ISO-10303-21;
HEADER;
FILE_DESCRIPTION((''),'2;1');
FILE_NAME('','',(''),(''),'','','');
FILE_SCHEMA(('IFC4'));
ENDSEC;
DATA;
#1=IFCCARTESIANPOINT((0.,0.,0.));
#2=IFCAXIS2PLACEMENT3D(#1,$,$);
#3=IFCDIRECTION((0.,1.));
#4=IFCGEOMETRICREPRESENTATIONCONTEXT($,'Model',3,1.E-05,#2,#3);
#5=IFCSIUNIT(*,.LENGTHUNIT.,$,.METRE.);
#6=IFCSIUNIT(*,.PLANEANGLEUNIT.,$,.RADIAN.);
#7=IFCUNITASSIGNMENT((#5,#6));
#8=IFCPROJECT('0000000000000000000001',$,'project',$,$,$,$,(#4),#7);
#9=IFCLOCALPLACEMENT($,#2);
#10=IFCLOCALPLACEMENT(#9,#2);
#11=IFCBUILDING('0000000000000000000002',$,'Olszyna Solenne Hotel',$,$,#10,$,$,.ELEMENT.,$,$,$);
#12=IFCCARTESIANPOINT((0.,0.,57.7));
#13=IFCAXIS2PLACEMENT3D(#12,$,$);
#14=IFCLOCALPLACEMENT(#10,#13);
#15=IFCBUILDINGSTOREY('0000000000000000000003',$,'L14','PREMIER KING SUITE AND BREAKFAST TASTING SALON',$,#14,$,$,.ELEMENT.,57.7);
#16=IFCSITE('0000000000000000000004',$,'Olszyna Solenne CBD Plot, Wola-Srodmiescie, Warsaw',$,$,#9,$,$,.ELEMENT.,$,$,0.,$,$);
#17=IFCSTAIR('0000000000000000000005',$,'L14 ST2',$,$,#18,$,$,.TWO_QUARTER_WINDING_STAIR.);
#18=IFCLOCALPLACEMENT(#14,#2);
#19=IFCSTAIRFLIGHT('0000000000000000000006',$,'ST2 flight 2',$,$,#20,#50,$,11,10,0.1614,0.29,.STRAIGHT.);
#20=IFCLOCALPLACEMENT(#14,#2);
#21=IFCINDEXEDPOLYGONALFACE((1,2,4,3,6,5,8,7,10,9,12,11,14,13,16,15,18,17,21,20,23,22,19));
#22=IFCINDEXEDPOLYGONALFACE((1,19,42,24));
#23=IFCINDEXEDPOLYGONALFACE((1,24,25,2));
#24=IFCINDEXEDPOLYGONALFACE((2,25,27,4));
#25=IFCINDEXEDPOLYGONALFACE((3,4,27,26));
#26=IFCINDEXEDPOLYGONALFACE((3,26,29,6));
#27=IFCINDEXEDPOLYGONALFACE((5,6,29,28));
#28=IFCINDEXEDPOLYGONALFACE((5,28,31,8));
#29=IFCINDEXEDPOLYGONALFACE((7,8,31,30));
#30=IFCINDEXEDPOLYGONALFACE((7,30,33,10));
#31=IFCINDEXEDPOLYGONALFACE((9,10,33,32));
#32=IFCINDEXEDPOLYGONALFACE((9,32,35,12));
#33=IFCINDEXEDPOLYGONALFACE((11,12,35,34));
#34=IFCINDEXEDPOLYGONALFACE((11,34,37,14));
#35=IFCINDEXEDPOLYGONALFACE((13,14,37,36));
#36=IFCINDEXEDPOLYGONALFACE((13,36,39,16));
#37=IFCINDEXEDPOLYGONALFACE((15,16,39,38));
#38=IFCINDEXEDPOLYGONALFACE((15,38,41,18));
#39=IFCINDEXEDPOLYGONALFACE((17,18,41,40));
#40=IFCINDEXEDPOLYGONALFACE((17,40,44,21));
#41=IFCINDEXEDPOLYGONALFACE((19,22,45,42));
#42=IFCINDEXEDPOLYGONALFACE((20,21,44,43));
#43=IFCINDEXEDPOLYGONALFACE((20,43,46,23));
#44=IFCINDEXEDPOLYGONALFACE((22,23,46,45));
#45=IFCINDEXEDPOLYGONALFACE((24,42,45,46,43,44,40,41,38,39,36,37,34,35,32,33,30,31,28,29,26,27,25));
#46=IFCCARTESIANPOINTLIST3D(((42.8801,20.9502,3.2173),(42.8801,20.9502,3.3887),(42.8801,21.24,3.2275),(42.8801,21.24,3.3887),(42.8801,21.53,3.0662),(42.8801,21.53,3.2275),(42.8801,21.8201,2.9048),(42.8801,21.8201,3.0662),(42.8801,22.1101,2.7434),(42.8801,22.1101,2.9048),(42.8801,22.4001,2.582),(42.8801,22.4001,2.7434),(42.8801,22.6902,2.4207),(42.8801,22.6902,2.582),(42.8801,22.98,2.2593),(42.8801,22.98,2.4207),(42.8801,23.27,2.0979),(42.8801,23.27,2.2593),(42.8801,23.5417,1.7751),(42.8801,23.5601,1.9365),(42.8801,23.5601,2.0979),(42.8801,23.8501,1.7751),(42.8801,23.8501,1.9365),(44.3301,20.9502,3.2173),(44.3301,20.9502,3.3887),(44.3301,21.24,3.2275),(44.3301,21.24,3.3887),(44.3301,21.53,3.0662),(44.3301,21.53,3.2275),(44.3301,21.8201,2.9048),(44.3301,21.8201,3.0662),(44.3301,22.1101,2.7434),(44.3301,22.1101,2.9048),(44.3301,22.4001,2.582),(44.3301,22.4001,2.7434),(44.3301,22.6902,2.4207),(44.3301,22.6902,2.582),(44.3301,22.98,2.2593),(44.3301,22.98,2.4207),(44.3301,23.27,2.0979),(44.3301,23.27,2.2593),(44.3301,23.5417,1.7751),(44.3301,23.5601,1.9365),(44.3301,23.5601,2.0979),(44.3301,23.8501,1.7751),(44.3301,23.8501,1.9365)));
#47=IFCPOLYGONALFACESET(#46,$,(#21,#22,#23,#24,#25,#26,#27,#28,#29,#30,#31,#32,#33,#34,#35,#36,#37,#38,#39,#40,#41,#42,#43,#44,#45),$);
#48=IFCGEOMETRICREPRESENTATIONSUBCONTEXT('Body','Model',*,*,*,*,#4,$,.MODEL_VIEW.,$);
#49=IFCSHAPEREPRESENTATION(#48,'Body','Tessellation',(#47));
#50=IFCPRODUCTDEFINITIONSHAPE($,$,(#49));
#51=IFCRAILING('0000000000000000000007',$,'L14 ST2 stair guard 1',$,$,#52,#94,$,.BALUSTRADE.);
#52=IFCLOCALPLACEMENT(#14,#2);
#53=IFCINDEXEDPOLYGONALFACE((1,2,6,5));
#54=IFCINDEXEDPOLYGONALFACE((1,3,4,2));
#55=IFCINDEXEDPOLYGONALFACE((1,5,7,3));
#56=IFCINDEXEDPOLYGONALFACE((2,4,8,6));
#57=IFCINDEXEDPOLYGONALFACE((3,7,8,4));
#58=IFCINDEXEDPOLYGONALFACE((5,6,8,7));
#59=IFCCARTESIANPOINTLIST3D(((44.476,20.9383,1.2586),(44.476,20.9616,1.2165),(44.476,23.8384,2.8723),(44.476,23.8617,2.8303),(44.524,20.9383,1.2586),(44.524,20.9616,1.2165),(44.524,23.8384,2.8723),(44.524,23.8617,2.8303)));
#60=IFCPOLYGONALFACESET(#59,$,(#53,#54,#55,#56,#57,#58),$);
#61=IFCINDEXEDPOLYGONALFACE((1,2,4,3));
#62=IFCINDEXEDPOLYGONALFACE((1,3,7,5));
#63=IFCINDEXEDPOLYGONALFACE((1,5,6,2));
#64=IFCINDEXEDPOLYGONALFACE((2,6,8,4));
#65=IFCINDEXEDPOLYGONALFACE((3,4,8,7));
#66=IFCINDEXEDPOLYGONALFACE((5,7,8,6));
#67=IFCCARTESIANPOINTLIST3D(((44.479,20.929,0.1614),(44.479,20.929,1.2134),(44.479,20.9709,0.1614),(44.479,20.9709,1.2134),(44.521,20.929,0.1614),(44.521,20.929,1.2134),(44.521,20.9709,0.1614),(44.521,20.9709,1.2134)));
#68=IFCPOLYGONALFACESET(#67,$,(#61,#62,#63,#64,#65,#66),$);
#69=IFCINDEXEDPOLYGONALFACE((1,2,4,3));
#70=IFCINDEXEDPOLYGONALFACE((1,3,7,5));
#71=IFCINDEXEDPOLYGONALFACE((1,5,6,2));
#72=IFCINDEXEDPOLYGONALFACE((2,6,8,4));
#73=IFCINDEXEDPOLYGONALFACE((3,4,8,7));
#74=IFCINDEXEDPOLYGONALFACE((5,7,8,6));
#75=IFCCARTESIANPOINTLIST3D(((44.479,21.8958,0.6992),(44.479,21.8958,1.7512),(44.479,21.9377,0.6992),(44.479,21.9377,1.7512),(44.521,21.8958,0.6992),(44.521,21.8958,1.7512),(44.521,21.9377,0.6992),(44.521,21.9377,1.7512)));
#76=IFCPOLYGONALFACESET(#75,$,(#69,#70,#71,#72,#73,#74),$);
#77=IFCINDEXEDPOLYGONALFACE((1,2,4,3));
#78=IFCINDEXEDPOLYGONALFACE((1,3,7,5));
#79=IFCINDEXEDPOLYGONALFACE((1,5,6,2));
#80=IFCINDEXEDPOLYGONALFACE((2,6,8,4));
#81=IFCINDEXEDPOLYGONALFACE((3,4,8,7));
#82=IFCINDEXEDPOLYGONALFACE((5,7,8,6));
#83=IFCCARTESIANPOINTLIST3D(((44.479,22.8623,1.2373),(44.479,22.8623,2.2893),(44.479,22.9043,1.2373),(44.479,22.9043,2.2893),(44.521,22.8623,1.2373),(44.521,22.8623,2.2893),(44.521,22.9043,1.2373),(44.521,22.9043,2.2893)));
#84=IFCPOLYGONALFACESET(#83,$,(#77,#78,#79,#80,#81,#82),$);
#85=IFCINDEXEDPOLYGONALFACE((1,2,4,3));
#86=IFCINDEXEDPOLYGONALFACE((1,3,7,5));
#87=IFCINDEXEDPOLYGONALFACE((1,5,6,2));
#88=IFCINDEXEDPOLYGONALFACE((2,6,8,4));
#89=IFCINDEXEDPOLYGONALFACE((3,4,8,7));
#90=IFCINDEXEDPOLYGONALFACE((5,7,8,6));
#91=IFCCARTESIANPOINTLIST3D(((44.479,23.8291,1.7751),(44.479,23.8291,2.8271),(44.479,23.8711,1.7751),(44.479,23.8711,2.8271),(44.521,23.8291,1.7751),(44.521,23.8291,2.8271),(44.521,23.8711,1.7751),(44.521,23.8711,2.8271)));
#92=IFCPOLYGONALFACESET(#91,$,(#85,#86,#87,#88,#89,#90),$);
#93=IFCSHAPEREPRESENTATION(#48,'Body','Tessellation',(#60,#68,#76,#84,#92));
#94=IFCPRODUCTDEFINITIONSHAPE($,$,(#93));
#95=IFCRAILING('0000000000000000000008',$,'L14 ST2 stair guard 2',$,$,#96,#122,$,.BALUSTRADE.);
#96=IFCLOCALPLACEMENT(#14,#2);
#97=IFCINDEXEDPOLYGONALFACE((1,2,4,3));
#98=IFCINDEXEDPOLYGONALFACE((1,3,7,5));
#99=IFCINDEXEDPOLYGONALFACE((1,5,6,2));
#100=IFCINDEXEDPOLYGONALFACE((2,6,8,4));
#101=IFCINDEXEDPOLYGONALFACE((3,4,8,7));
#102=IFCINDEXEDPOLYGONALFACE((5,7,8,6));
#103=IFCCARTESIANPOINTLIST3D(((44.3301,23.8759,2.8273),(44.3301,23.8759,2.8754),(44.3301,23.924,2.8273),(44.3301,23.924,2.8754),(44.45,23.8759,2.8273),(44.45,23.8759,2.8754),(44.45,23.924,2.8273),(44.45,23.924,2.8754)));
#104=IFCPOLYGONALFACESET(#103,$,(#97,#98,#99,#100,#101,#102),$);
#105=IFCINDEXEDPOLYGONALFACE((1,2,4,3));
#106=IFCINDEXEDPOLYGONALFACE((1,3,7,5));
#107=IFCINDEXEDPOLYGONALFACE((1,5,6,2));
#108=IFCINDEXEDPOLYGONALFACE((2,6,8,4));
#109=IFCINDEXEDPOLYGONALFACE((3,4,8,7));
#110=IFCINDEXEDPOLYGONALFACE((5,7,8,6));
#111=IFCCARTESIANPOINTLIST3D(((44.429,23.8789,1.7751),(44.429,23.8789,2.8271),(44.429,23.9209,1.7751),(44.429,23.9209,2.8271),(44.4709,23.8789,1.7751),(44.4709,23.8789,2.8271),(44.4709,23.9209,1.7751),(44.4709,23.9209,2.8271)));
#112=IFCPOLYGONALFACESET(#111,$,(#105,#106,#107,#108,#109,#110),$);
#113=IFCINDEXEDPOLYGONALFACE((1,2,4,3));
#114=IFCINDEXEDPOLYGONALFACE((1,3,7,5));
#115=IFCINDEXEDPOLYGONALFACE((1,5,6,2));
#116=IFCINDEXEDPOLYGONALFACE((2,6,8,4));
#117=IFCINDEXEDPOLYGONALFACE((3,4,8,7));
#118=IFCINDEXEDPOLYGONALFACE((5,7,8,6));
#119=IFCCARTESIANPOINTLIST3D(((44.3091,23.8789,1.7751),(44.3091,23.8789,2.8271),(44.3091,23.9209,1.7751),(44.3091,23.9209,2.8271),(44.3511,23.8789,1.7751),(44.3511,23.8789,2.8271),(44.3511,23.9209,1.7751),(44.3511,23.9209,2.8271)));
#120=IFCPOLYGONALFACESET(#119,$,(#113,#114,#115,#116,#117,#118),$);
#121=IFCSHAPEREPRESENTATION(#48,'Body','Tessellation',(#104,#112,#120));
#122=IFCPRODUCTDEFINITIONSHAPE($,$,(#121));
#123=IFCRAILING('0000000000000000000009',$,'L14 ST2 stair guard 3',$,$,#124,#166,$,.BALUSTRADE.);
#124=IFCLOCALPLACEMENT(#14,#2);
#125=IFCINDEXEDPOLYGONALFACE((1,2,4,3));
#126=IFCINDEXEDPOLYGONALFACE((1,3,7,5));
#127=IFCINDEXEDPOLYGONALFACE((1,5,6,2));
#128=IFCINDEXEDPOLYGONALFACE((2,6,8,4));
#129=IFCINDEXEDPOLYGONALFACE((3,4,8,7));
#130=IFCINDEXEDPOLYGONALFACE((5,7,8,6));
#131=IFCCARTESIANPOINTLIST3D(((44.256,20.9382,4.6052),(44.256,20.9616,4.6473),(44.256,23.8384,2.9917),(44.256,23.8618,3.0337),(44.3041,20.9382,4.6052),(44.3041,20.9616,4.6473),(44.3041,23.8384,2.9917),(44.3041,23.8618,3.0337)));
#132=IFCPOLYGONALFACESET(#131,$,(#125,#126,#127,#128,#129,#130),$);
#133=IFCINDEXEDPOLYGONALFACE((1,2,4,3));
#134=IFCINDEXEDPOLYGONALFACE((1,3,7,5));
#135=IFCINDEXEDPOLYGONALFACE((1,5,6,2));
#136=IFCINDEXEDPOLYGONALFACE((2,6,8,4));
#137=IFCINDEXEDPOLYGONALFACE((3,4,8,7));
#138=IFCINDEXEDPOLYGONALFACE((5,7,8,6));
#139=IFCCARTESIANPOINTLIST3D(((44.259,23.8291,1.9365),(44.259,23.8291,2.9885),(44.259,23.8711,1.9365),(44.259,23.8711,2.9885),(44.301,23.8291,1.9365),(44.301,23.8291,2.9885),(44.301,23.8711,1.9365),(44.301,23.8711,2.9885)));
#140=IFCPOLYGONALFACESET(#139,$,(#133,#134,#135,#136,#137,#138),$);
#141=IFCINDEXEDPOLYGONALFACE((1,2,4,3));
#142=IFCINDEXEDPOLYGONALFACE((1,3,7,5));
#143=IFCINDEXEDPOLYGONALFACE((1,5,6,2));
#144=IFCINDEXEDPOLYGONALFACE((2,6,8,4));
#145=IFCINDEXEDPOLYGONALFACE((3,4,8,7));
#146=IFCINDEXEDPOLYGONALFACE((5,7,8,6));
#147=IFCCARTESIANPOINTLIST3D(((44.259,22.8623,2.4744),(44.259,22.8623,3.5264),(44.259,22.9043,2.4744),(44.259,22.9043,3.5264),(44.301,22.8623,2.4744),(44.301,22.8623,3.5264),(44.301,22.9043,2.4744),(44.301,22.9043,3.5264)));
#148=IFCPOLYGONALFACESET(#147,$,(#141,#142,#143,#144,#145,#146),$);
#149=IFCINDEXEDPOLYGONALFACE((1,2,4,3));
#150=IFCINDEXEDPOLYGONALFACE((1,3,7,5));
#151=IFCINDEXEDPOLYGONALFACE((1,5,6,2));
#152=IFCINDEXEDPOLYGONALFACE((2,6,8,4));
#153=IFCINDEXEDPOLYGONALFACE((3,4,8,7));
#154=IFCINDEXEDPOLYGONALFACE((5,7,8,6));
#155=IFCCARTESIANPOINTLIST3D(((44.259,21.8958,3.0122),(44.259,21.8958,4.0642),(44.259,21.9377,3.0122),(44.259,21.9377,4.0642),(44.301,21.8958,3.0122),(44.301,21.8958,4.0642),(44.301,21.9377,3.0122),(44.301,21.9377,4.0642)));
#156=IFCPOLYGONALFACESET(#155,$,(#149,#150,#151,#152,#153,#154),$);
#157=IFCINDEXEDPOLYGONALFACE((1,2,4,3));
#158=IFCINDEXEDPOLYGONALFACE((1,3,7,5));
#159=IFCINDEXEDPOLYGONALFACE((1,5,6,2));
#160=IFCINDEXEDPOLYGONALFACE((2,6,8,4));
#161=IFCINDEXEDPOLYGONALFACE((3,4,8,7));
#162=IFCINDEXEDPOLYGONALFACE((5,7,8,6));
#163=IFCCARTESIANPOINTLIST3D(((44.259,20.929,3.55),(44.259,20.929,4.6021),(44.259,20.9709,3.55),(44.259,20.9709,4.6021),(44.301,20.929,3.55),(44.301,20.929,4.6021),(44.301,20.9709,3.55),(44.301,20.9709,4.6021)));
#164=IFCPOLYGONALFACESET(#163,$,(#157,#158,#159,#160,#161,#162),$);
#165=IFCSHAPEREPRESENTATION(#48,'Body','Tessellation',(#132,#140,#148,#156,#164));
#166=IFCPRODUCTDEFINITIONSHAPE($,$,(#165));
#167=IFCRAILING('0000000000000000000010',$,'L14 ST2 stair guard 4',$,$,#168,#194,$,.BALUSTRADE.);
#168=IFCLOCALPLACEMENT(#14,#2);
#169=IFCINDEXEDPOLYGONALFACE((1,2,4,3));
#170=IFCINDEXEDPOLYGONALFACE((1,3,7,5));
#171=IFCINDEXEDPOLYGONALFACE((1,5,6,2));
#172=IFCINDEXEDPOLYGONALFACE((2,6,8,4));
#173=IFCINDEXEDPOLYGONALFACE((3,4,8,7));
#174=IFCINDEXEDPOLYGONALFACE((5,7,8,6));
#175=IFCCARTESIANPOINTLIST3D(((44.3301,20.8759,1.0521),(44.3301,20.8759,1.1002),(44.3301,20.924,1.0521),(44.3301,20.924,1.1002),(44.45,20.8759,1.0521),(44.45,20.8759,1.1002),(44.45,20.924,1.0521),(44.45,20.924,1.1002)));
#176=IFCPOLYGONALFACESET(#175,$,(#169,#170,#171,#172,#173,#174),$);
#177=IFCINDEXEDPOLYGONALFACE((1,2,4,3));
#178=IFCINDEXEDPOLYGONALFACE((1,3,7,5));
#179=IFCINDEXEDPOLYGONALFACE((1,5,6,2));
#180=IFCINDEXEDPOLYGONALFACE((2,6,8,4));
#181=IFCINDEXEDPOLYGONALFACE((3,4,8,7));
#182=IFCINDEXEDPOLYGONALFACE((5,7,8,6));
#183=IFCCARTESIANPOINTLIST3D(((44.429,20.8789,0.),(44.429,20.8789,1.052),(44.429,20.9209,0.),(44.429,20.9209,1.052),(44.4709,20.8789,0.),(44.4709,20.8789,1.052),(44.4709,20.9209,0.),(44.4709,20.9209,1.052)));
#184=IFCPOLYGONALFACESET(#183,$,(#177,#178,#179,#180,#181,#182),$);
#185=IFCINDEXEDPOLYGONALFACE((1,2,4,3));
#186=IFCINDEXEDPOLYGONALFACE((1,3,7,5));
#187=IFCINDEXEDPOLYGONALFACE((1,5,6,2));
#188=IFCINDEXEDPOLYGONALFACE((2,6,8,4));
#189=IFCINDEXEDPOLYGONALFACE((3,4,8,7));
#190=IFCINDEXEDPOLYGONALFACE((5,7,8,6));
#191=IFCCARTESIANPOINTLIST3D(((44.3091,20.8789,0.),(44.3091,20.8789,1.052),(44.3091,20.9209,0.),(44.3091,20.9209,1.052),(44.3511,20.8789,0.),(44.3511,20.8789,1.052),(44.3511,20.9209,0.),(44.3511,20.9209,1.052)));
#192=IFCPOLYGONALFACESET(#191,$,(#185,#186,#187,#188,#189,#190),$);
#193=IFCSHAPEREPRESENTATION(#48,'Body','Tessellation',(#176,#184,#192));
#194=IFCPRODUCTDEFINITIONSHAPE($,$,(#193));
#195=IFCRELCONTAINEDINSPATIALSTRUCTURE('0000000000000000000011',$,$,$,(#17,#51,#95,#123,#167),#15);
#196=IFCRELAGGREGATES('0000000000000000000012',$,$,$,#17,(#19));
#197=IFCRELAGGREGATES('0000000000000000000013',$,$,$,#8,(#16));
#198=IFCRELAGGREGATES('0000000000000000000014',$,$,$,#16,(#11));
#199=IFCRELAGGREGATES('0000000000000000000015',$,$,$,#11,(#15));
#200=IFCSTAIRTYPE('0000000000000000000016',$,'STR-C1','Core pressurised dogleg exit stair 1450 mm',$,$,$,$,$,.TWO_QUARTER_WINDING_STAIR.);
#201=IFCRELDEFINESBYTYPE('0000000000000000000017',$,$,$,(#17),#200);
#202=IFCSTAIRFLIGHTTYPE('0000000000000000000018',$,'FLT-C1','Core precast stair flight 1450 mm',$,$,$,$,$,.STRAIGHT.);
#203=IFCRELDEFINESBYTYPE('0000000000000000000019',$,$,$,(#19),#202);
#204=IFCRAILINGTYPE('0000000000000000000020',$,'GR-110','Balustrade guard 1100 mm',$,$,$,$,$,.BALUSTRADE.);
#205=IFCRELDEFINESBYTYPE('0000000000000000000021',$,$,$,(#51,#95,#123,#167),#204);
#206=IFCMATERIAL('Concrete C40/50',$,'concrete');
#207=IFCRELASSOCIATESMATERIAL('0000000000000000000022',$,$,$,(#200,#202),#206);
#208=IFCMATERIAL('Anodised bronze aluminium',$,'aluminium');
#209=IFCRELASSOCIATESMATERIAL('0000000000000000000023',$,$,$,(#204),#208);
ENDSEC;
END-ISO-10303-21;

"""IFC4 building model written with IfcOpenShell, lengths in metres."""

from ifc_helpers import new_model, si_unit, direction, frame, origin, origin_2d, place, context, subcontext, project, spatial, polyline, rectangle, outline, extrude, material, type_object, element, aggregate, save


model = new_model("IFC4")

# Units and contexts
model_context = context("Model", 3, precision=1e-05, world=origin(), true_north=direction((0.0, 1.0)))
body_context = subcontext(model_context, "Body", "Model", "MODEL_VIEW")
ifc_project = project(units=[si_unit("LENGTHUNIT", "METRE"), si_unit("PLANEANGLEUNIT", "RADIAN")], contexts=[model_context])

# Site, building, storey
site_placement = place(None, origin())
site = spatial("IfcSite", under=ifc_project, at=site_placement, Name="Olszyna Solenne CBD Plot, Wola-Srodmiescie, Warsaw", CompositionType="ELEMENT", RefElevation=0.0)
building_placement = place(site_placement, origin())
building = spatial("IfcBuilding", under=site, at=building_placement, Name="Olszyna Solenne Hotel", CompositionType="ELEMENT")
storey_placement = place(building_placement, frame((0.0, 0.0, 57.7)))
storey = spatial("IfcBuildingStorey", under=building, at=storey_placement, Name="L14", Description="PREMIER KING SUITE AND BREAKFAST TASTING SALON", CompositionType="ELEMENT", Elevation=57.7)

# Shared definitions
ifc_material_1 = material(Name="Anodised bronze aluminium", Category="aluminium")

# Stair, stair flight
ifc_material_2 = material(Name="Concrete C40/50", Category="concrete")
stair_type = type_object("IfcStairType", Name="STR-C1", Description="Core pressurised dogleg exit stair 1450 mm", PredefinedType="TWO_QUARTER_WINDING_STAIR", material=ifc_material_2)
stair_placement = place(storey_placement, origin())
stair = element("IfcStair", 1, at=stair_placement, inside=storey, type_object=stair_type, Name="L14 ST2", PredefinedType="TWO_QUARTER_WINDING_STAIR")
stair_flight_type = type_object("IfcStairFlightType", Name="FLT-C1", Description="Core precast stair flight 1450 mm", PredefinedType="STRAIGHT", material=ifc_material_2)
stair_flight_1_placement = place(storey_placement, frame((43.605, 23.8501, 1.7751), z_axis=(0.0, 0.0, 1.0), x_axis=(0.0, -1.0, 0.0)))
stair_flight_1 = element("IfcStairFlight", 2, at=stair_flight_1_placement, type_object=stair_flight_type, Name="ST2 flight 2", NumberOfRisers=11, NumberOfTreads=10, PredefinedType="STRAIGHT", RiserHeight=0.1614, TreadLength=0.29, context=body_context, shape_type="SweptSolid", body=[
    extrude(outline(polyline([(0.0, 0.0), (0.0, 0.1614), (0.29, 0.1614), (0.29, 0.3228), (0.5801, 0.3228), (0.5801, 0.4841), (0.8701, 0.4841), (0.8701, 0.6455), (1.1599, 0.6455), (1.1599, 0.8069), (1.45, 0.8069), (1.45, 0.9683), (1.74, 0.9683), (1.74, 1.1296), (2.03, 1.1296), (2.03, 1.291), (2.3201, 1.291), (2.3201, 1.4524), (2.6101, 1.4524), (2.6101, 1.6135), (2.8999, 1.6135), (2.8999, 1.7749), (2.8999, 1.4421), (0.3083, 0.0), (0.0, 0.0)])), frame((0.0, 0.7251, 0.0), z_axis=(0.0, -1.0, 0.0), x_axis=(1.0, 0.0, 0.0)), (0.0, 0.0, 1.0), 1.45),
])
aggregate(stair, [stair_flight_1])

# Railings
railing_type_1 = type_object("IfcRailingType", Name="GR-110", Description="Balustrade guard 1100 mm", PredefinedType="BALUSTRADE", material=ifc_material_1)
railing_1_placement = place(storey_placement, frame((44.5, 20.95, 0.1614)))
element("IfcRailing", 3, at=railing_1_placement, inside=storey, type_object=railing_type_1, Name="L14 ST2 stair guard 1", PredefinedType="BALUSTRADE", context=body_context, shape_type="SweptSolid", body=[
    extrude(rectangle(XDim=0.0481, YDim=0.0481, at=origin_2d()), frame((0.0, 0.0, 1.0762), z_axis=(0.0, 0.873827, 0.486236), x_axis=(-1.0, 0.0, 0.0)), (0.0, 0.0, 1.0), 3.3188),
    extrude(rectangle(XDim=0.042, YDim=0.042, at=origin_2d()), origin(), (0.0, 0.0, 1.0), 1.052),
    extrude(rectangle(XDim=0.042, YDim=0.042, at=origin_2d()), frame((0.0, 0.9668, 0.5378)), (0.0, 0.0, 1.0), 1.052),
    extrude(rectangle(XDim=0.042, YDim=0.042, at=origin_2d()), frame((0.0, 1.9333, 1.0759)), (0.0, 0.0, 1.0), 1.052),
    extrude(rectangle(XDim=0.042, YDim=0.042, at=origin_2d()), frame((0.0, 2.9001, 1.6138)), (0.0, 0.0, 1.0), 1.052),
])
railing_2_placement = place(storey_placement, frame((44.45, 23.8999, 1.7751)))
element("IfcRailing", 4, at=railing_2_placement, inside=storey, type_object=railing_type_1, Name="L14 ST2 stair guard 2", PredefinedType="BALUSTRADE", context=body_context, shape_type="SweptSolid", body=[
    extrude(rectangle(XDim=0.0481, YDim=0.0481, at=origin_2d()), frame((0.0, 0.0, 1.0762), z_axis=(-1.0, 0.0, 0.0), x_axis=(0.0, -1.0, 0.0)), (0.0, 0.0, 1.0), 0.1199),
    extrude(rectangle(XDim=0.042, YDim=0.042, at=origin_2d()), origin(), (0.0, 0.0, 1.0), 1.052),
    extrude(rectangle(XDim=0.042, YDim=0.042, at=origin_2d()), frame((-0.1199, 0.0, 0.0)), (0.0, 0.0, 1.0), 1.052),
])
railing_3_placement = place(storey_placement, frame((44.28, 23.8501, 1.9365)))
element("IfcRailing", 5, at=railing_3_placement, inside=storey, type_object=railing_type_1, Name="L14 ST2 stair guard 3", PredefinedType="BALUSTRADE", context=body_context, shape_type="SweptSolid", body=[
    extrude(rectangle(XDim=0.0481, YDim=0.0481, at=origin_2d()), frame((0.0, 0.0, 1.0762), z_axis=(0.0, -0.873859, 0.48618), x_axis=(1.0, 0.0, 0.0)), (0.0, 0.0, 1.0), 3.3188),
    extrude(rectangle(XDim=0.042, YDim=0.042, at=origin_2d()), origin(), (0.0, 0.0, 1.0), 1.052),
    extrude(rectangle(XDim=0.042, YDim=0.042, at=origin_2d()), frame((0.0, -0.9668, 0.5378)), (0.0, 0.0, 1.0), 1.052),
    extrude(rectangle(XDim=0.042, YDim=0.042, at=origin_2d()), frame((0.0, -1.9333, 1.0757)), (0.0, 0.0, 1.0), 1.052),
    extrude(rectangle(XDim=0.042, YDim=0.042, at=origin_2d()), frame((0.0, -2.9001, 1.6135)), (0.0, 0.0, 1.0), 1.052),
])
railing_4_placement = place(storey_placement, frame((44.45, 20.8999, 0.0)))
element("IfcRailing", 6, at=railing_4_placement, inside=storey, type_object=railing_type_1, Name="L14 ST2 stair guard 4", PredefinedType="BALUSTRADE", context=body_context, shape_type="SweptSolid", body=[
    extrude(rectangle(XDim=0.0481, YDim=0.0481, at=origin_2d()), frame((0.0, 0.0, 1.0762), z_axis=(-1.0, 0.0, 0.0), x_axis=(0.0, -1.0, 0.0)), (0.0, 0.0, 1.0), 0.1199),
    extrude(rectangle(XDim=0.042, YDim=0.042, at=origin_2d()), origin(), (0.0, 0.0, 1.0), 1.052),
    extrude(rectangle(XDim=0.042, YDim=0.042, at=origin_2d()), frame((-0.1199, 0.0, 0.0)), (0.0, 0.0, 1.0), 1.052),
])

save(model, "model.ifc")
